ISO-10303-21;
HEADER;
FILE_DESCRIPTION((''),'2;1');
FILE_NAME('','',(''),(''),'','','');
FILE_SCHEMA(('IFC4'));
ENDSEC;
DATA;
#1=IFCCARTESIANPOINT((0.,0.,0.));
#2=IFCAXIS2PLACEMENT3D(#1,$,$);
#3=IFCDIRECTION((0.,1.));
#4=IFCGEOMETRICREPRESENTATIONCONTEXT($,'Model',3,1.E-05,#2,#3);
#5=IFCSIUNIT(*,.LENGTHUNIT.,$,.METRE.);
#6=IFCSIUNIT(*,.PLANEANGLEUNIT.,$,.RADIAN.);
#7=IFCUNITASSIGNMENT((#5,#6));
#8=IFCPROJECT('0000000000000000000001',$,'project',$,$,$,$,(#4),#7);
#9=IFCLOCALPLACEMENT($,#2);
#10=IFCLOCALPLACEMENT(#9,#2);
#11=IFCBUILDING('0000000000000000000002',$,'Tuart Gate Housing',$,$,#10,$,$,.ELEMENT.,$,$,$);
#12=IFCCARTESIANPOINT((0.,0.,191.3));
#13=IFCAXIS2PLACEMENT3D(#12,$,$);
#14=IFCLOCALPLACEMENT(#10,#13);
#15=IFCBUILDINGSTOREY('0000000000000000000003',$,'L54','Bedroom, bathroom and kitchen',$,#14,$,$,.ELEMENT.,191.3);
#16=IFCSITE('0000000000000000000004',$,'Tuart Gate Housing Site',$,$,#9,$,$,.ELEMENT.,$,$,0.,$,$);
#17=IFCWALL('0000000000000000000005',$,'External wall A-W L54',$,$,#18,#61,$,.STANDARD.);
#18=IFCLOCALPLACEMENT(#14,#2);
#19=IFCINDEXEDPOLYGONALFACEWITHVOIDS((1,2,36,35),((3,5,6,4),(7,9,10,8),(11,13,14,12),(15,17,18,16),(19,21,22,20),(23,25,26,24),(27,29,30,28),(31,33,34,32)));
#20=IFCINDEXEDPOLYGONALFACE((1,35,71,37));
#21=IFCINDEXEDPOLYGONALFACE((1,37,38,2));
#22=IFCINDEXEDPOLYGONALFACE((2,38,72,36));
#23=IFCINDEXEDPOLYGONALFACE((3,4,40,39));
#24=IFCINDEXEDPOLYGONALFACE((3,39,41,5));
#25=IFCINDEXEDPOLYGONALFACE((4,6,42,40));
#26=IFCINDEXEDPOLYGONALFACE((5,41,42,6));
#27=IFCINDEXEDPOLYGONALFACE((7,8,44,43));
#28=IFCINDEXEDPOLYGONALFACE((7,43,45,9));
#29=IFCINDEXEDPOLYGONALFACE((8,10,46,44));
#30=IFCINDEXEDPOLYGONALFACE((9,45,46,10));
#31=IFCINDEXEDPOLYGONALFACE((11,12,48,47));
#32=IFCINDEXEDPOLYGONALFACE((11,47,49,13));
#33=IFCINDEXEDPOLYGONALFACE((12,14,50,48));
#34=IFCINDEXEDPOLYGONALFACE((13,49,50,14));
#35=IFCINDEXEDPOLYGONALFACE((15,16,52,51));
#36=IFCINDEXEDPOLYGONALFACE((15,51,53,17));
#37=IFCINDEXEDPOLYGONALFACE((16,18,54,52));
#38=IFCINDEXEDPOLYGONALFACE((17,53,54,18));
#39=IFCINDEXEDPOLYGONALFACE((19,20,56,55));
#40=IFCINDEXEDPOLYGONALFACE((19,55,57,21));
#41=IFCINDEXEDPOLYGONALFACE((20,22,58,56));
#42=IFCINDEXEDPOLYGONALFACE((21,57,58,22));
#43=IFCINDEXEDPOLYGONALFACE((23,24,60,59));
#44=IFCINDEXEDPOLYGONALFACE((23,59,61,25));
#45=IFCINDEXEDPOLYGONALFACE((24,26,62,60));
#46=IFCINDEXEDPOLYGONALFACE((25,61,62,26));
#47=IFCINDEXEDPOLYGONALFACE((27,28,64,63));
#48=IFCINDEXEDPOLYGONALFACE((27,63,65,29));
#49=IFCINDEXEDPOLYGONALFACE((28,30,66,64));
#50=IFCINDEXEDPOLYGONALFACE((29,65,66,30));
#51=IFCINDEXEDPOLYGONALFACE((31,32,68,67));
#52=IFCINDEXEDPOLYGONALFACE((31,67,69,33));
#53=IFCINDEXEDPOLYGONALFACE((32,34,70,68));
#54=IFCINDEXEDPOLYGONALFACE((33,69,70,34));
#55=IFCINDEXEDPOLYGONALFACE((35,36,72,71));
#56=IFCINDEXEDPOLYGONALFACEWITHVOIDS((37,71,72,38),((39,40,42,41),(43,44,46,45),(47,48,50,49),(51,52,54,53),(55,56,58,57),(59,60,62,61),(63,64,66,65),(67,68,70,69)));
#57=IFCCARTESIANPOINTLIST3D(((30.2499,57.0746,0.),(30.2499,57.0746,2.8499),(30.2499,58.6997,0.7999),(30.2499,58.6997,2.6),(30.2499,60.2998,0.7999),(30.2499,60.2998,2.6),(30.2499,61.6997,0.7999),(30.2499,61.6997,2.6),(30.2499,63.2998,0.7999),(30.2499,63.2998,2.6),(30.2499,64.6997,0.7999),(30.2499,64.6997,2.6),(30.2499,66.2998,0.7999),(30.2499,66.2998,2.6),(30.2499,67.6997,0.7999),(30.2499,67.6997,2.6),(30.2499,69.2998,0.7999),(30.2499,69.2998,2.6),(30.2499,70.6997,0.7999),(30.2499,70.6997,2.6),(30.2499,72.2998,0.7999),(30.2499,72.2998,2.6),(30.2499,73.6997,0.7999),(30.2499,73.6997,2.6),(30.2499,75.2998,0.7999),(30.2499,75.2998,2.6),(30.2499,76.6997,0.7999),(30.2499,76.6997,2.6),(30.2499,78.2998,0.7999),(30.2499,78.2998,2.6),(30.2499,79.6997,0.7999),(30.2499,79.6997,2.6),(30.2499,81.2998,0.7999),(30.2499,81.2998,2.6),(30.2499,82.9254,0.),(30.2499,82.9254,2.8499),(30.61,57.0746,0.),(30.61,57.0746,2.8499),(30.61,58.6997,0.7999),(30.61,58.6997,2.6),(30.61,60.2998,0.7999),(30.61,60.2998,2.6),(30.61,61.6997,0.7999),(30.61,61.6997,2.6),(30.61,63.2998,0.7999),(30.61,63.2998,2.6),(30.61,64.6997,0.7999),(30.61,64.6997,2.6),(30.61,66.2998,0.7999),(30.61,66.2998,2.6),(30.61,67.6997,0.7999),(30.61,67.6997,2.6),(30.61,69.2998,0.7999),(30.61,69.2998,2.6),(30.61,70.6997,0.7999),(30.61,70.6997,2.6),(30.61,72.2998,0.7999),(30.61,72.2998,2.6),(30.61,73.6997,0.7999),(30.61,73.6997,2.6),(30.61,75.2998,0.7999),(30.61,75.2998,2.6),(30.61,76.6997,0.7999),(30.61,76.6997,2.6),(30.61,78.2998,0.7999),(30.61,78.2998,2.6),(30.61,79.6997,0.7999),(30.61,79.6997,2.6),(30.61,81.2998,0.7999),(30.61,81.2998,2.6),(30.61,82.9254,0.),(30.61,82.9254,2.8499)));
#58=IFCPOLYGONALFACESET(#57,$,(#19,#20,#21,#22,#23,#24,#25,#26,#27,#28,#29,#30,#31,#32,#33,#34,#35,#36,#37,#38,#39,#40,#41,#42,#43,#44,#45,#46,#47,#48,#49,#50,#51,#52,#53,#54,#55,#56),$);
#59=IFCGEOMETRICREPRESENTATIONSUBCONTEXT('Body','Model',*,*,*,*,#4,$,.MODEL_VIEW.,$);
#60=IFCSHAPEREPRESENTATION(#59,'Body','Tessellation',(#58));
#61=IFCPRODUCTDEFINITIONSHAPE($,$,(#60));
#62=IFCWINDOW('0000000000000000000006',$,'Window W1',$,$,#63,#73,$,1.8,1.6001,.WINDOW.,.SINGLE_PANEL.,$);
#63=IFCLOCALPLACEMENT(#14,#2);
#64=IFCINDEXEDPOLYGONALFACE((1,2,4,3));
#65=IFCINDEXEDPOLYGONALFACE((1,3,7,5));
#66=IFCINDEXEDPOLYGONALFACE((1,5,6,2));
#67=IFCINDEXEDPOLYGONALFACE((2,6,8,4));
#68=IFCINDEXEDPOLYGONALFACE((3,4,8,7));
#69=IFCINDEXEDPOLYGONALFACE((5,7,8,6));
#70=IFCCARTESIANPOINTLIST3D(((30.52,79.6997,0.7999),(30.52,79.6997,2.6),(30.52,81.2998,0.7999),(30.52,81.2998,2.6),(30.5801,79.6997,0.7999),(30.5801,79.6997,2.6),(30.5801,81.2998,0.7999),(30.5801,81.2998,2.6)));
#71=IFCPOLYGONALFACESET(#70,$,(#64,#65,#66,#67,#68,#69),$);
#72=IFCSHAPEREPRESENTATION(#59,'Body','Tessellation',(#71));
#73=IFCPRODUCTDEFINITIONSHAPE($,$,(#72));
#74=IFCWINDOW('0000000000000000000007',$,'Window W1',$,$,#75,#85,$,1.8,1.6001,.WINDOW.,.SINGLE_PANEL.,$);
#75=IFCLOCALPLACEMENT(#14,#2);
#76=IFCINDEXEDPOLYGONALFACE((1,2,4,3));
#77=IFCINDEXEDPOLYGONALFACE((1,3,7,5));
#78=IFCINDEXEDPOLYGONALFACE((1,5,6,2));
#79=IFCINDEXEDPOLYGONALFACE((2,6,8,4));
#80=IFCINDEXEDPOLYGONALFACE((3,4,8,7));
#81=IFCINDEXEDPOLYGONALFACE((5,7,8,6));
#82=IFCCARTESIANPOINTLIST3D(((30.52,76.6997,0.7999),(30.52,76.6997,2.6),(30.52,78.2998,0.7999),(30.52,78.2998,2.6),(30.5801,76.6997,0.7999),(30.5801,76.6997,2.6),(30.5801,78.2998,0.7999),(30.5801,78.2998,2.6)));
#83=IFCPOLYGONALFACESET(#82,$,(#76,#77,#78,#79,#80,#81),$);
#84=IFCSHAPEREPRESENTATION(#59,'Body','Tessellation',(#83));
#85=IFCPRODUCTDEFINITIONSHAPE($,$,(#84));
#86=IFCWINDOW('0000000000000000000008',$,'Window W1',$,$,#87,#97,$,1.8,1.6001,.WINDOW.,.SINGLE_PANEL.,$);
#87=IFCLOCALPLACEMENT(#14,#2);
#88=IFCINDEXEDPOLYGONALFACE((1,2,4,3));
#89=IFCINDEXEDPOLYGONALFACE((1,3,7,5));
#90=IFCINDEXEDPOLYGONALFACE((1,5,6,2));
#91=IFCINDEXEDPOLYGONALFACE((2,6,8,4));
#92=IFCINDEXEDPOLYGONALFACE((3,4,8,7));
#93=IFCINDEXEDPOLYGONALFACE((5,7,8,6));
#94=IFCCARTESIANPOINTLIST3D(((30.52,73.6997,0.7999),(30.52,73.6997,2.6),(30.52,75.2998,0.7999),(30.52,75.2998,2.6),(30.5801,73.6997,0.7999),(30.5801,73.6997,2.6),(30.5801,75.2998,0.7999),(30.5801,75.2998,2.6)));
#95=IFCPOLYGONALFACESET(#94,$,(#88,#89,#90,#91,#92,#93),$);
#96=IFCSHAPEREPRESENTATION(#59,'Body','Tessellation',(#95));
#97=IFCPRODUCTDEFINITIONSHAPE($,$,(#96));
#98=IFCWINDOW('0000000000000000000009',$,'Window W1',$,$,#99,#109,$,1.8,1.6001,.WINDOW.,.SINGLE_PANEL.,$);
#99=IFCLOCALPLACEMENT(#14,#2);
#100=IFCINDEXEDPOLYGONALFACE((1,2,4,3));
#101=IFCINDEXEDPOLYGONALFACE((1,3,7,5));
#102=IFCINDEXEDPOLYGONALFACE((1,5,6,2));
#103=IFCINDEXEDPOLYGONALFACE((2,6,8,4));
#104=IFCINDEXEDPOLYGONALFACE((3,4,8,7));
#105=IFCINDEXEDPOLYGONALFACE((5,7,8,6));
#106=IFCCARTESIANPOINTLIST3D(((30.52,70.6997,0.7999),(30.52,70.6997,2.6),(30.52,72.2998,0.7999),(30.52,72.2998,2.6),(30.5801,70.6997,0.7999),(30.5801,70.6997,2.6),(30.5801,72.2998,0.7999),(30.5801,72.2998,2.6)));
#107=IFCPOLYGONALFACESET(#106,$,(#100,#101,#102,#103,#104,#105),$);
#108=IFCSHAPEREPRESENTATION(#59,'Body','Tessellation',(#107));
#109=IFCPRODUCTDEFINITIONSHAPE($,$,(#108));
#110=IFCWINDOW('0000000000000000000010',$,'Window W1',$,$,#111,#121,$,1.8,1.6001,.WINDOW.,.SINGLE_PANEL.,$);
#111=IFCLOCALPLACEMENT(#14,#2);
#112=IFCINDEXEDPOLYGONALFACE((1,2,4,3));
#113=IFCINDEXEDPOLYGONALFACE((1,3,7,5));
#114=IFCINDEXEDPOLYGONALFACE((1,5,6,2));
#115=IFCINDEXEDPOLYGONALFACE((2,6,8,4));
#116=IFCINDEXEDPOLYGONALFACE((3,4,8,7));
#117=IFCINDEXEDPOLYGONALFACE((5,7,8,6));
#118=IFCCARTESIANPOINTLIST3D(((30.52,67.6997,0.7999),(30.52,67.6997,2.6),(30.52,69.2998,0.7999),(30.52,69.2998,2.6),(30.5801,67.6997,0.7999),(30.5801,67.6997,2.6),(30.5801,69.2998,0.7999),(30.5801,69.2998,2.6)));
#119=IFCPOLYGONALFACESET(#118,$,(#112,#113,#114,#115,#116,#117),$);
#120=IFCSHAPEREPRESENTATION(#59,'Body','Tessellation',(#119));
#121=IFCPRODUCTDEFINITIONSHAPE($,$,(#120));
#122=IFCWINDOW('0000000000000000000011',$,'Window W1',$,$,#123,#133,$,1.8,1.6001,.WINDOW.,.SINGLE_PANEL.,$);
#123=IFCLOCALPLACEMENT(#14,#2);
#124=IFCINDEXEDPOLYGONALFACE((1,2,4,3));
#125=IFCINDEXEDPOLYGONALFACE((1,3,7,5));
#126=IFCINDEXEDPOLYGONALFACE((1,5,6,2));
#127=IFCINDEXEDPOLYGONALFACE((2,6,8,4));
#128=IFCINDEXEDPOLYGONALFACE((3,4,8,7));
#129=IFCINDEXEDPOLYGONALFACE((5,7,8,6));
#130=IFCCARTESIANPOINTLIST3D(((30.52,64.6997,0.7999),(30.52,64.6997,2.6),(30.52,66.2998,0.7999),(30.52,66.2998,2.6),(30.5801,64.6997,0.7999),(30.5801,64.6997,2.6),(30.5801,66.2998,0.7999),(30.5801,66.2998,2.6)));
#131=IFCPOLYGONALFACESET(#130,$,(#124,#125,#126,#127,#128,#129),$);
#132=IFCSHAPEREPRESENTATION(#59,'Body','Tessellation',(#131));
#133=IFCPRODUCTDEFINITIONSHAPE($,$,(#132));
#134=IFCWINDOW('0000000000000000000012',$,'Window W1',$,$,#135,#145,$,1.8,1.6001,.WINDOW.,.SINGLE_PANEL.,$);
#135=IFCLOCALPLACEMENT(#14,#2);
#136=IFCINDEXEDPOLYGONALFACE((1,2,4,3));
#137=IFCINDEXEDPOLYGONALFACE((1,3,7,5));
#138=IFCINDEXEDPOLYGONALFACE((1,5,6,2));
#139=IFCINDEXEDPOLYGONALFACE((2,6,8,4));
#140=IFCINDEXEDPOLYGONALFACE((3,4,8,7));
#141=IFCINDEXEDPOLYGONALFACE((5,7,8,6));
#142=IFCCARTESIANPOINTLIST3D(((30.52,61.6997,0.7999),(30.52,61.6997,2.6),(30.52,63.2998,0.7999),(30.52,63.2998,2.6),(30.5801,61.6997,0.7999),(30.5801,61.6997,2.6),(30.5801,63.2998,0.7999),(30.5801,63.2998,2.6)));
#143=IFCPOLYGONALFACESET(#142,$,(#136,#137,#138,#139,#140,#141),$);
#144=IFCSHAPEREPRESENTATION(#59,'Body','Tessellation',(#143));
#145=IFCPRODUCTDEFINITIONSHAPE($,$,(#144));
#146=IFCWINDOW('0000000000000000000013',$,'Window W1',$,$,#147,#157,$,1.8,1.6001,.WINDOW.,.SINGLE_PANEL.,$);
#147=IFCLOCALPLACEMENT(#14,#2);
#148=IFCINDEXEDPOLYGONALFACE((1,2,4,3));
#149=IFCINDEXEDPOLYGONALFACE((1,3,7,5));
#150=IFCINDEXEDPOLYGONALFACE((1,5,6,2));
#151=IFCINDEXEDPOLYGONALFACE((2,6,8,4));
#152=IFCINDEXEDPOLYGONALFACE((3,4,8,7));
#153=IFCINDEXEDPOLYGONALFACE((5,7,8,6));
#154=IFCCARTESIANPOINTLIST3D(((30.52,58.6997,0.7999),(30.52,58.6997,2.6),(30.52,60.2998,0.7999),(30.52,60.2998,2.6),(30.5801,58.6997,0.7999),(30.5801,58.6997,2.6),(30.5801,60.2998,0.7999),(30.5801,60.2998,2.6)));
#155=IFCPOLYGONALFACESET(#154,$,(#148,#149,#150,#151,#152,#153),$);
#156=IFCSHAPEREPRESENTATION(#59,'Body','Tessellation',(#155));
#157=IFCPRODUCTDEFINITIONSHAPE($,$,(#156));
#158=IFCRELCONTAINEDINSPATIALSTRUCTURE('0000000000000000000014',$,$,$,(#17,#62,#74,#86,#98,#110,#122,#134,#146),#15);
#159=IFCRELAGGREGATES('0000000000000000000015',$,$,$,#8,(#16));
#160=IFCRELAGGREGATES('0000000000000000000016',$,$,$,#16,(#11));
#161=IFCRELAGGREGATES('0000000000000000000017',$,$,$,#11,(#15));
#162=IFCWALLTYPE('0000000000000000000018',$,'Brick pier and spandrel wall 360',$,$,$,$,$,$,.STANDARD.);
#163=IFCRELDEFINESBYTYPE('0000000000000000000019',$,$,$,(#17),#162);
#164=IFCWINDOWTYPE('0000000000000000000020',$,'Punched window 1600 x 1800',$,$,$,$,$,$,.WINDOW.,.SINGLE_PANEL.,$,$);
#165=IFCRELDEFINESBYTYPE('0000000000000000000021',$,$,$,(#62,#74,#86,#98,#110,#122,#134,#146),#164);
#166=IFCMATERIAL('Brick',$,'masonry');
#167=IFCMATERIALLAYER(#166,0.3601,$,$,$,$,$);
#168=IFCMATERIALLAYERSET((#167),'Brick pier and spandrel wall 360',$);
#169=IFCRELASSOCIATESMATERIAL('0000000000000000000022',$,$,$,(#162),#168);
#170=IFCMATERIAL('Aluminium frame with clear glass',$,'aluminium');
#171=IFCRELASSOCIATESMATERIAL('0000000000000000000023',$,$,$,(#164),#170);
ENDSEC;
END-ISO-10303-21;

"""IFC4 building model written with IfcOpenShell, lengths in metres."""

from ifc_helpers import new_model, si_unit, direction, frame, frame_2d, origin, place, context, subcontext, project, spatial, rectangle, extrude, material, layer, layer_set, type_object, element, fill, save


model = new_model("IFC4")

# Units and contexts
model_context = context("Model", 3, precision=1e-05, world=origin(), true_north=direction((0.0, 1.0)))
body_context = subcontext(model_context, "Body", "Model", "MODEL_VIEW")
ifc_project = project(units=[si_unit("LENGTHUNIT", "METRE"), si_unit("PLANEANGLEUNIT", "RADIAN")], contexts=[model_context])

# Site, building, storey
site_placement = place(None, origin())
site = spatial("IfcSite", under=ifc_project, at=site_placement, Name="Tuart Gate Housing Site", CompositionType="ELEMENT", RefElevation=0.0)
building_placement = place(site_placement, origin())
building = spatial("IfcBuilding", under=site, at=building_placement, Name="Tuart Gate Housing", CompositionType="ELEMENT")
storey_placement = place(building_placement, frame((0.0, 0.0, 191.3)))
storey = spatial("IfcBuildingStorey", under=building, at=storey_placement, Name="L54", Description="Bedroom, bathroom and kitchen", CompositionType="ELEMENT", Elevation=191.3)

# Shared definitions
ifc_material_1 = material(Name="Brick", Category="masonry")
ifc_layer_1 = layer(ifc_material_1, 0.3601)
ifc_layer_set_1 = layer_set([ifc_layer_1], Name="Brick pier and spandrel wall 360")
wall_type_1 = type_object("IfcWallType", Name="Brick pier and spandrel wall 360", PredefinedType="STANDARD", material=ifc_layer_set_1)
ifc_material_2 = material(Name="Aluminium frame with clear glass", Category="aluminium")
window_type = type_object("IfcWindowType", Name="Punched window 1600 x 1800", PartitioningType="SINGLE_PANEL", PredefinedType="WINDOW", material=ifc_material_2)

# Wall, openings, windows
wall_1_placement = place(storey_placement, frame((30.4299, 82.9253, 0.0), z_axis=(0.0, 0.0, 1.0), x_axis=(0.0, -1.0, 0.0)))
wall_1 = element("IfcWall", 1, at=wall_1_placement, inside=storey, type_object=wall_type_1, Name="External wall A-W L54", PredefinedType="STANDARD", context=body_context, shape_type="SweptSolid", body=[
    extrude(rectangle(XDim=25.8508, YDim=0.3601, at=frame_2d((12.9253, 0.0))), origin(), (0.0, 0.0, 1.0), 2.8499),
])
opening_1_placement = place(wall_1_placement, frame((1.6255, 0.0, 0.8)))
opening_1 = element("IfcOpeningElement", 2, at=opening_1_placement, cuts=wall_1, PredefinedType="OPENING", context=body_context, shape_type="SweptSolid", body=[
    extrude(rectangle(XDim=1.6001, YDim=1.8, at=frame_2d((0.8, 0.8999))), frame((0.0, 0.1899, 0.0), z_axis=(0.0, -1.0, 0.0), x_axis=(1.0, 0.0, 0.0)), (0.0, 0.0, 1.0), 0.3801),
])
opening_2_placement = place(wall_1_placement, frame((4.6255, 0.0, 0.8)))
opening_2 = element("IfcOpeningElement", 3, at=opening_2_placement, cuts=wall_1, PredefinedType="OPENING", context=body_context, shape_type="SweptSolid", body=[
    extrude(rectangle(XDim=1.6001, YDim=1.8, at=frame_2d((0.8, 0.8999))), frame((0.0, 0.1899, 0.0), z_axis=(0.0, -1.0, 0.0), x_axis=(1.0, 0.0, 0.0)), (0.0, 0.0, 1.0), 0.3801),
])
opening_3_placement = place(wall_1_placement, frame((7.6255, 0.0, 0.8)))
opening_3 = element("IfcOpeningElement", 4, at=opening_3_placement, cuts=wall_1, PredefinedType="OPENING", context=body_context, shape_type="SweptSolid", body=[
    extrude(rectangle(XDim=1.6001, YDim=1.8, at=frame_2d((0.8, 0.8999))), frame((0.0, 0.1899, 0.0), z_axis=(0.0, -1.0, 0.0), x_axis=(1.0, 0.0, 0.0)), (0.0, 0.0, 1.0), 0.3801),
])
opening_4_placement = place(wall_1_placement, frame((10.6255, 0.0, 0.8)))
opening_4 = element("IfcOpeningElement", 5, at=opening_4_placement, cuts=wall_1, PredefinedType="OPENING", context=body_context, shape_type="SweptSolid", body=[
    extrude(rectangle(XDim=1.6001, YDim=1.8, at=frame_2d((0.8, 0.8999))), frame((0.0, 0.1899, 0.0), z_axis=(0.0, -1.0, 0.0), x_axis=(1.0, 0.0, 0.0)), (0.0, 0.0, 1.0), 0.3801),
])
opening_5_placement = place(wall_1_placement, frame((13.6255, 0.0, 0.8)))
opening_5 = element("IfcOpeningElement", 6, at=opening_5_placement, cuts=wall_1, PredefinedType="OPENING", context=body_context, shape_type="SweptSolid", body=[
    extrude(rectangle(XDim=1.6001, YDim=1.8, at=frame_2d((0.8, 0.8999))), frame((0.0, 0.1899, 0.0), z_axis=(0.0, -1.0, 0.0), x_axis=(1.0, 0.0, 0.0)), (0.0, 0.0, 1.0), 0.3801),
])
opening_6_placement = place(wall_1_placement, frame((16.6255, 0.0, 0.8)))
opening_6 = element("IfcOpeningElement", 7, at=opening_6_placement, cuts=wall_1, PredefinedType="OPENING", context=body_context, shape_type="SweptSolid", body=[
    extrude(rectangle(XDim=1.6001, YDim=1.8, at=frame_2d((0.8, 0.8999))), frame((0.0, 0.1899, 0.0), z_axis=(0.0, -1.0, 0.0), x_axis=(1.0, 0.0, 0.0)), (0.0, 0.0, 1.0), 0.3801),
])
opening_7_placement = place(wall_1_placement, frame((19.6255, 0.0, 0.8)))
opening_7 = element("IfcOpeningElement", 8, at=opening_7_placement, cuts=wall_1, PredefinedType="OPENING", context=body_context, shape_type="SweptSolid", body=[
    extrude(rectangle(XDim=1.6001, YDim=1.8, at=frame_2d((0.8, 0.8999))), frame((0.0, 0.1899, 0.0), z_axis=(0.0, -1.0, 0.0), x_axis=(1.0, 0.0, 0.0)), (0.0, 0.0, 1.0), 0.3801),
])
opening_8_placement = place(wall_1_placement, frame((22.6255, 0.0, 0.8)))
opening_8 = element("IfcOpeningElement", 9, at=opening_8_placement, cuts=wall_1, PredefinedType="OPENING", context=body_context, shape_type="SweptSolid", body=[
    extrude(rectangle(XDim=1.6001, YDim=1.8, at=frame_2d((0.8, 0.8999))), frame((0.0, 0.1899, 0.0), z_axis=(0.0, -1.0, 0.0), x_axis=(1.0, 0.0, 0.0)), (0.0, 0.0, 1.0), 0.3801),
])
window_1_placement = place(opening_1_placement, origin())
window_1 = element("IfcWindow", 10, at=window_1_placement, inside=storey, type_object=window_type, Name="Window W1", OverallHeight=1.8, OverallWidth=1.6001, PartitioningType="SINGLE_PANEL", PredefinedType="WINDOW", context=body_context, shape_type="SweptSolid", body=[
    extrude(rectangle(XDim=1.6001, YDim=1.8, at=frame_2d((0.8, 0.8999))), frame((0.0, 0.1501, 0.0), z_axis=(0.0, -1.0, 0.0), x_axis=(1.0, 0.0, 0.0)), (0.0, 0.0, 1.0), 0.0601),
])
fill(opening_1, window_1)
window_2_placement = place(opening_2_placement, origin())
window_2 = element("IfcWindow", 11, at=window_2_placement, inside=storey, type_object=window_type, Name="Window W1", OverallHeight=1.8, OverallWidth=1.6001, PartitioningType="SINGLE_PANEL", PredefinedType="WINDOW", context=body_context, shape_type="SweptSolid", body=[
    extrude(rectangle(XDim=1.6001, YDim=1.8, at=frame_2d((0.8, 0.8999))), frame((0.0, 0.1501, 0.0), z_axis=(0.0, -1.0, 0.0), x_axis=(1.0, 0.0, 0.0)), (0.0, 0.0, 1.0), 0.0601),
])
fill(opening_2, window_2)
window_3_placement = place(opening_3_placement, origin())
window_3 = element("IfcWindow", 12, at=window_3_placement, inside=storey, type_object=window_type, Name="Window W1", OverallHeight=1.8, OverallWidth=1.6001, PartitioningType="SINGLE_PANEL", PredefinedType="WINDOW", context=body_context, shape_type="SweptSolid", body=[
    extrude(rectangle(XDim=1.6001, YDim=1.8, at=frame_2d((0.8, 0.8999))), frame((0.0, 0.1501, 0.0), z_axis=(0.0, -1.0, 0.0), x_axis=(1.0, 0.0, 0.0)), (0.0, 0.0, 1.0), 0.0601),
])
fill(opening_3, window_3)
window_4_placement = place(opening_4_placement, origin())
window_4 = element("IfcWindow", 13, at=window_4_placement, inside=storey, type_object=window_type, Name="Window W1", OverallHeight=1.8, OverallWidth=1.6001, PartitioningType="SINGLE_PANEL", PredefinedType="WINDOW", context=body_context, shape_type="SweptSolid", body=[
    extrude(rectangle(XDim=1.6001, YDim=1.8, at=frame_2d((0.8, 0.8999))), frame((0.0, 0.1501, 0.0), z_axis=(0.0, -1.0, 0.0), x_axis=(1.0, 0.0, 0.0)), (0.0, 0.0, 1.0), 0.0601),
])
fill(opening_4, window_4)
window_5_placement = place(opening_5_placement, origin())
window_5 = element("IfcWindow", 14, at=window_5_placement, inside=storey, type_object=window_type, Name="Window W1", OverallHeight=1.8, OverallWidth=1.6001, PartitioningType="SINGLE_PANEL", PredefinedType="WINDOW", context=body_context, shape_type="SweptSolid", body=[
    extrude(rectangle(XDim=1.6001, YDim=1.8, at=frame_2d((0.8, 0.8999))), frame((0.0, 0.1501, 0.0), z_axis=(0.0, -1.0, 0.0), x_axis=(1.0, 0.0, 0.0)), (0.0, 0.0, 1.0), 0.0601),
])
fill(opening_5, window_5)
window_6_placement = place(opening_6_placement, origin())
window_6 = element("IfcWindow", 15, at=window_6_placement, inside=storey, type_object=window_type, Name="Window W1", OverallHeight=1.8, OverallWidth=1.6001, PartitioningType="SINGLE_PANEL", PredefinedType="WINDOW", context=body_context, shape_type="SweptSolid", body=[
    extrude(rectangle(XDim=1.6001, YDim=1.8, at=frame_2d((0.8, 0.8999))), frame((0.0, 0.1501, 0.0), z_axis=(0.0, -1.0, 0.0), x_axis=(1.0, 0.0, 0.0)), (0.0, 0.0, 1.0), 0.0601),
])
fill(opening_6, window_6)
window_7_placement = place(opening_7_placement, origin())
window_7 = element("IfcWindow", 16, at=window_7_placement, inside=storey, type_object=window_type, Name="Window W1", OverallHeight=1.8, OverallWidth=1.6001, PartitioningType="SINGLE_PANEL", PredefinedType="WINDOW", context=body_context, shape_type="SweptSolid", body=[
    extrude(rectangle(XDim=1.6001, YDim=1.8, at=frame_2d((0.8, 0.8999))), frame((0.0, 0.1501, 0.0), z_axis=(0.0, -1.0, 0.0), x_axis=(1.0, 0.0, 0.0)), (0.0, 0.0, 1.0), 0.0601),
])
fill(opening_7, window_7)
window_8_placement = place(opening_8_placement, origin())
window_8 = element("IfcWindow", 17, at=window_8_placement, inside=storey, type_object=window_type, Name="Window W1", OverallHeight=1.8, OverallWidth=1.6001, PartitioningType="SINGLE_PANEL", PredefinedType="WINDOW", context=body_context, shape_type="SweptSolid", body=[
    extrude(rectangle(XDim=1.6001, YDim=1.8, at=frame_2d((0.8, 0.8999))), frame((0.0, 0.1501, 0.0), z_axis=(0.0, -1.0, 0.0), x_axis=(1.0, 0.0, 0.0)), (0.0, 0.0, 1.0), 0.0601),
])
fill(opening_8, window_8)

save(model, "model.ifc")
